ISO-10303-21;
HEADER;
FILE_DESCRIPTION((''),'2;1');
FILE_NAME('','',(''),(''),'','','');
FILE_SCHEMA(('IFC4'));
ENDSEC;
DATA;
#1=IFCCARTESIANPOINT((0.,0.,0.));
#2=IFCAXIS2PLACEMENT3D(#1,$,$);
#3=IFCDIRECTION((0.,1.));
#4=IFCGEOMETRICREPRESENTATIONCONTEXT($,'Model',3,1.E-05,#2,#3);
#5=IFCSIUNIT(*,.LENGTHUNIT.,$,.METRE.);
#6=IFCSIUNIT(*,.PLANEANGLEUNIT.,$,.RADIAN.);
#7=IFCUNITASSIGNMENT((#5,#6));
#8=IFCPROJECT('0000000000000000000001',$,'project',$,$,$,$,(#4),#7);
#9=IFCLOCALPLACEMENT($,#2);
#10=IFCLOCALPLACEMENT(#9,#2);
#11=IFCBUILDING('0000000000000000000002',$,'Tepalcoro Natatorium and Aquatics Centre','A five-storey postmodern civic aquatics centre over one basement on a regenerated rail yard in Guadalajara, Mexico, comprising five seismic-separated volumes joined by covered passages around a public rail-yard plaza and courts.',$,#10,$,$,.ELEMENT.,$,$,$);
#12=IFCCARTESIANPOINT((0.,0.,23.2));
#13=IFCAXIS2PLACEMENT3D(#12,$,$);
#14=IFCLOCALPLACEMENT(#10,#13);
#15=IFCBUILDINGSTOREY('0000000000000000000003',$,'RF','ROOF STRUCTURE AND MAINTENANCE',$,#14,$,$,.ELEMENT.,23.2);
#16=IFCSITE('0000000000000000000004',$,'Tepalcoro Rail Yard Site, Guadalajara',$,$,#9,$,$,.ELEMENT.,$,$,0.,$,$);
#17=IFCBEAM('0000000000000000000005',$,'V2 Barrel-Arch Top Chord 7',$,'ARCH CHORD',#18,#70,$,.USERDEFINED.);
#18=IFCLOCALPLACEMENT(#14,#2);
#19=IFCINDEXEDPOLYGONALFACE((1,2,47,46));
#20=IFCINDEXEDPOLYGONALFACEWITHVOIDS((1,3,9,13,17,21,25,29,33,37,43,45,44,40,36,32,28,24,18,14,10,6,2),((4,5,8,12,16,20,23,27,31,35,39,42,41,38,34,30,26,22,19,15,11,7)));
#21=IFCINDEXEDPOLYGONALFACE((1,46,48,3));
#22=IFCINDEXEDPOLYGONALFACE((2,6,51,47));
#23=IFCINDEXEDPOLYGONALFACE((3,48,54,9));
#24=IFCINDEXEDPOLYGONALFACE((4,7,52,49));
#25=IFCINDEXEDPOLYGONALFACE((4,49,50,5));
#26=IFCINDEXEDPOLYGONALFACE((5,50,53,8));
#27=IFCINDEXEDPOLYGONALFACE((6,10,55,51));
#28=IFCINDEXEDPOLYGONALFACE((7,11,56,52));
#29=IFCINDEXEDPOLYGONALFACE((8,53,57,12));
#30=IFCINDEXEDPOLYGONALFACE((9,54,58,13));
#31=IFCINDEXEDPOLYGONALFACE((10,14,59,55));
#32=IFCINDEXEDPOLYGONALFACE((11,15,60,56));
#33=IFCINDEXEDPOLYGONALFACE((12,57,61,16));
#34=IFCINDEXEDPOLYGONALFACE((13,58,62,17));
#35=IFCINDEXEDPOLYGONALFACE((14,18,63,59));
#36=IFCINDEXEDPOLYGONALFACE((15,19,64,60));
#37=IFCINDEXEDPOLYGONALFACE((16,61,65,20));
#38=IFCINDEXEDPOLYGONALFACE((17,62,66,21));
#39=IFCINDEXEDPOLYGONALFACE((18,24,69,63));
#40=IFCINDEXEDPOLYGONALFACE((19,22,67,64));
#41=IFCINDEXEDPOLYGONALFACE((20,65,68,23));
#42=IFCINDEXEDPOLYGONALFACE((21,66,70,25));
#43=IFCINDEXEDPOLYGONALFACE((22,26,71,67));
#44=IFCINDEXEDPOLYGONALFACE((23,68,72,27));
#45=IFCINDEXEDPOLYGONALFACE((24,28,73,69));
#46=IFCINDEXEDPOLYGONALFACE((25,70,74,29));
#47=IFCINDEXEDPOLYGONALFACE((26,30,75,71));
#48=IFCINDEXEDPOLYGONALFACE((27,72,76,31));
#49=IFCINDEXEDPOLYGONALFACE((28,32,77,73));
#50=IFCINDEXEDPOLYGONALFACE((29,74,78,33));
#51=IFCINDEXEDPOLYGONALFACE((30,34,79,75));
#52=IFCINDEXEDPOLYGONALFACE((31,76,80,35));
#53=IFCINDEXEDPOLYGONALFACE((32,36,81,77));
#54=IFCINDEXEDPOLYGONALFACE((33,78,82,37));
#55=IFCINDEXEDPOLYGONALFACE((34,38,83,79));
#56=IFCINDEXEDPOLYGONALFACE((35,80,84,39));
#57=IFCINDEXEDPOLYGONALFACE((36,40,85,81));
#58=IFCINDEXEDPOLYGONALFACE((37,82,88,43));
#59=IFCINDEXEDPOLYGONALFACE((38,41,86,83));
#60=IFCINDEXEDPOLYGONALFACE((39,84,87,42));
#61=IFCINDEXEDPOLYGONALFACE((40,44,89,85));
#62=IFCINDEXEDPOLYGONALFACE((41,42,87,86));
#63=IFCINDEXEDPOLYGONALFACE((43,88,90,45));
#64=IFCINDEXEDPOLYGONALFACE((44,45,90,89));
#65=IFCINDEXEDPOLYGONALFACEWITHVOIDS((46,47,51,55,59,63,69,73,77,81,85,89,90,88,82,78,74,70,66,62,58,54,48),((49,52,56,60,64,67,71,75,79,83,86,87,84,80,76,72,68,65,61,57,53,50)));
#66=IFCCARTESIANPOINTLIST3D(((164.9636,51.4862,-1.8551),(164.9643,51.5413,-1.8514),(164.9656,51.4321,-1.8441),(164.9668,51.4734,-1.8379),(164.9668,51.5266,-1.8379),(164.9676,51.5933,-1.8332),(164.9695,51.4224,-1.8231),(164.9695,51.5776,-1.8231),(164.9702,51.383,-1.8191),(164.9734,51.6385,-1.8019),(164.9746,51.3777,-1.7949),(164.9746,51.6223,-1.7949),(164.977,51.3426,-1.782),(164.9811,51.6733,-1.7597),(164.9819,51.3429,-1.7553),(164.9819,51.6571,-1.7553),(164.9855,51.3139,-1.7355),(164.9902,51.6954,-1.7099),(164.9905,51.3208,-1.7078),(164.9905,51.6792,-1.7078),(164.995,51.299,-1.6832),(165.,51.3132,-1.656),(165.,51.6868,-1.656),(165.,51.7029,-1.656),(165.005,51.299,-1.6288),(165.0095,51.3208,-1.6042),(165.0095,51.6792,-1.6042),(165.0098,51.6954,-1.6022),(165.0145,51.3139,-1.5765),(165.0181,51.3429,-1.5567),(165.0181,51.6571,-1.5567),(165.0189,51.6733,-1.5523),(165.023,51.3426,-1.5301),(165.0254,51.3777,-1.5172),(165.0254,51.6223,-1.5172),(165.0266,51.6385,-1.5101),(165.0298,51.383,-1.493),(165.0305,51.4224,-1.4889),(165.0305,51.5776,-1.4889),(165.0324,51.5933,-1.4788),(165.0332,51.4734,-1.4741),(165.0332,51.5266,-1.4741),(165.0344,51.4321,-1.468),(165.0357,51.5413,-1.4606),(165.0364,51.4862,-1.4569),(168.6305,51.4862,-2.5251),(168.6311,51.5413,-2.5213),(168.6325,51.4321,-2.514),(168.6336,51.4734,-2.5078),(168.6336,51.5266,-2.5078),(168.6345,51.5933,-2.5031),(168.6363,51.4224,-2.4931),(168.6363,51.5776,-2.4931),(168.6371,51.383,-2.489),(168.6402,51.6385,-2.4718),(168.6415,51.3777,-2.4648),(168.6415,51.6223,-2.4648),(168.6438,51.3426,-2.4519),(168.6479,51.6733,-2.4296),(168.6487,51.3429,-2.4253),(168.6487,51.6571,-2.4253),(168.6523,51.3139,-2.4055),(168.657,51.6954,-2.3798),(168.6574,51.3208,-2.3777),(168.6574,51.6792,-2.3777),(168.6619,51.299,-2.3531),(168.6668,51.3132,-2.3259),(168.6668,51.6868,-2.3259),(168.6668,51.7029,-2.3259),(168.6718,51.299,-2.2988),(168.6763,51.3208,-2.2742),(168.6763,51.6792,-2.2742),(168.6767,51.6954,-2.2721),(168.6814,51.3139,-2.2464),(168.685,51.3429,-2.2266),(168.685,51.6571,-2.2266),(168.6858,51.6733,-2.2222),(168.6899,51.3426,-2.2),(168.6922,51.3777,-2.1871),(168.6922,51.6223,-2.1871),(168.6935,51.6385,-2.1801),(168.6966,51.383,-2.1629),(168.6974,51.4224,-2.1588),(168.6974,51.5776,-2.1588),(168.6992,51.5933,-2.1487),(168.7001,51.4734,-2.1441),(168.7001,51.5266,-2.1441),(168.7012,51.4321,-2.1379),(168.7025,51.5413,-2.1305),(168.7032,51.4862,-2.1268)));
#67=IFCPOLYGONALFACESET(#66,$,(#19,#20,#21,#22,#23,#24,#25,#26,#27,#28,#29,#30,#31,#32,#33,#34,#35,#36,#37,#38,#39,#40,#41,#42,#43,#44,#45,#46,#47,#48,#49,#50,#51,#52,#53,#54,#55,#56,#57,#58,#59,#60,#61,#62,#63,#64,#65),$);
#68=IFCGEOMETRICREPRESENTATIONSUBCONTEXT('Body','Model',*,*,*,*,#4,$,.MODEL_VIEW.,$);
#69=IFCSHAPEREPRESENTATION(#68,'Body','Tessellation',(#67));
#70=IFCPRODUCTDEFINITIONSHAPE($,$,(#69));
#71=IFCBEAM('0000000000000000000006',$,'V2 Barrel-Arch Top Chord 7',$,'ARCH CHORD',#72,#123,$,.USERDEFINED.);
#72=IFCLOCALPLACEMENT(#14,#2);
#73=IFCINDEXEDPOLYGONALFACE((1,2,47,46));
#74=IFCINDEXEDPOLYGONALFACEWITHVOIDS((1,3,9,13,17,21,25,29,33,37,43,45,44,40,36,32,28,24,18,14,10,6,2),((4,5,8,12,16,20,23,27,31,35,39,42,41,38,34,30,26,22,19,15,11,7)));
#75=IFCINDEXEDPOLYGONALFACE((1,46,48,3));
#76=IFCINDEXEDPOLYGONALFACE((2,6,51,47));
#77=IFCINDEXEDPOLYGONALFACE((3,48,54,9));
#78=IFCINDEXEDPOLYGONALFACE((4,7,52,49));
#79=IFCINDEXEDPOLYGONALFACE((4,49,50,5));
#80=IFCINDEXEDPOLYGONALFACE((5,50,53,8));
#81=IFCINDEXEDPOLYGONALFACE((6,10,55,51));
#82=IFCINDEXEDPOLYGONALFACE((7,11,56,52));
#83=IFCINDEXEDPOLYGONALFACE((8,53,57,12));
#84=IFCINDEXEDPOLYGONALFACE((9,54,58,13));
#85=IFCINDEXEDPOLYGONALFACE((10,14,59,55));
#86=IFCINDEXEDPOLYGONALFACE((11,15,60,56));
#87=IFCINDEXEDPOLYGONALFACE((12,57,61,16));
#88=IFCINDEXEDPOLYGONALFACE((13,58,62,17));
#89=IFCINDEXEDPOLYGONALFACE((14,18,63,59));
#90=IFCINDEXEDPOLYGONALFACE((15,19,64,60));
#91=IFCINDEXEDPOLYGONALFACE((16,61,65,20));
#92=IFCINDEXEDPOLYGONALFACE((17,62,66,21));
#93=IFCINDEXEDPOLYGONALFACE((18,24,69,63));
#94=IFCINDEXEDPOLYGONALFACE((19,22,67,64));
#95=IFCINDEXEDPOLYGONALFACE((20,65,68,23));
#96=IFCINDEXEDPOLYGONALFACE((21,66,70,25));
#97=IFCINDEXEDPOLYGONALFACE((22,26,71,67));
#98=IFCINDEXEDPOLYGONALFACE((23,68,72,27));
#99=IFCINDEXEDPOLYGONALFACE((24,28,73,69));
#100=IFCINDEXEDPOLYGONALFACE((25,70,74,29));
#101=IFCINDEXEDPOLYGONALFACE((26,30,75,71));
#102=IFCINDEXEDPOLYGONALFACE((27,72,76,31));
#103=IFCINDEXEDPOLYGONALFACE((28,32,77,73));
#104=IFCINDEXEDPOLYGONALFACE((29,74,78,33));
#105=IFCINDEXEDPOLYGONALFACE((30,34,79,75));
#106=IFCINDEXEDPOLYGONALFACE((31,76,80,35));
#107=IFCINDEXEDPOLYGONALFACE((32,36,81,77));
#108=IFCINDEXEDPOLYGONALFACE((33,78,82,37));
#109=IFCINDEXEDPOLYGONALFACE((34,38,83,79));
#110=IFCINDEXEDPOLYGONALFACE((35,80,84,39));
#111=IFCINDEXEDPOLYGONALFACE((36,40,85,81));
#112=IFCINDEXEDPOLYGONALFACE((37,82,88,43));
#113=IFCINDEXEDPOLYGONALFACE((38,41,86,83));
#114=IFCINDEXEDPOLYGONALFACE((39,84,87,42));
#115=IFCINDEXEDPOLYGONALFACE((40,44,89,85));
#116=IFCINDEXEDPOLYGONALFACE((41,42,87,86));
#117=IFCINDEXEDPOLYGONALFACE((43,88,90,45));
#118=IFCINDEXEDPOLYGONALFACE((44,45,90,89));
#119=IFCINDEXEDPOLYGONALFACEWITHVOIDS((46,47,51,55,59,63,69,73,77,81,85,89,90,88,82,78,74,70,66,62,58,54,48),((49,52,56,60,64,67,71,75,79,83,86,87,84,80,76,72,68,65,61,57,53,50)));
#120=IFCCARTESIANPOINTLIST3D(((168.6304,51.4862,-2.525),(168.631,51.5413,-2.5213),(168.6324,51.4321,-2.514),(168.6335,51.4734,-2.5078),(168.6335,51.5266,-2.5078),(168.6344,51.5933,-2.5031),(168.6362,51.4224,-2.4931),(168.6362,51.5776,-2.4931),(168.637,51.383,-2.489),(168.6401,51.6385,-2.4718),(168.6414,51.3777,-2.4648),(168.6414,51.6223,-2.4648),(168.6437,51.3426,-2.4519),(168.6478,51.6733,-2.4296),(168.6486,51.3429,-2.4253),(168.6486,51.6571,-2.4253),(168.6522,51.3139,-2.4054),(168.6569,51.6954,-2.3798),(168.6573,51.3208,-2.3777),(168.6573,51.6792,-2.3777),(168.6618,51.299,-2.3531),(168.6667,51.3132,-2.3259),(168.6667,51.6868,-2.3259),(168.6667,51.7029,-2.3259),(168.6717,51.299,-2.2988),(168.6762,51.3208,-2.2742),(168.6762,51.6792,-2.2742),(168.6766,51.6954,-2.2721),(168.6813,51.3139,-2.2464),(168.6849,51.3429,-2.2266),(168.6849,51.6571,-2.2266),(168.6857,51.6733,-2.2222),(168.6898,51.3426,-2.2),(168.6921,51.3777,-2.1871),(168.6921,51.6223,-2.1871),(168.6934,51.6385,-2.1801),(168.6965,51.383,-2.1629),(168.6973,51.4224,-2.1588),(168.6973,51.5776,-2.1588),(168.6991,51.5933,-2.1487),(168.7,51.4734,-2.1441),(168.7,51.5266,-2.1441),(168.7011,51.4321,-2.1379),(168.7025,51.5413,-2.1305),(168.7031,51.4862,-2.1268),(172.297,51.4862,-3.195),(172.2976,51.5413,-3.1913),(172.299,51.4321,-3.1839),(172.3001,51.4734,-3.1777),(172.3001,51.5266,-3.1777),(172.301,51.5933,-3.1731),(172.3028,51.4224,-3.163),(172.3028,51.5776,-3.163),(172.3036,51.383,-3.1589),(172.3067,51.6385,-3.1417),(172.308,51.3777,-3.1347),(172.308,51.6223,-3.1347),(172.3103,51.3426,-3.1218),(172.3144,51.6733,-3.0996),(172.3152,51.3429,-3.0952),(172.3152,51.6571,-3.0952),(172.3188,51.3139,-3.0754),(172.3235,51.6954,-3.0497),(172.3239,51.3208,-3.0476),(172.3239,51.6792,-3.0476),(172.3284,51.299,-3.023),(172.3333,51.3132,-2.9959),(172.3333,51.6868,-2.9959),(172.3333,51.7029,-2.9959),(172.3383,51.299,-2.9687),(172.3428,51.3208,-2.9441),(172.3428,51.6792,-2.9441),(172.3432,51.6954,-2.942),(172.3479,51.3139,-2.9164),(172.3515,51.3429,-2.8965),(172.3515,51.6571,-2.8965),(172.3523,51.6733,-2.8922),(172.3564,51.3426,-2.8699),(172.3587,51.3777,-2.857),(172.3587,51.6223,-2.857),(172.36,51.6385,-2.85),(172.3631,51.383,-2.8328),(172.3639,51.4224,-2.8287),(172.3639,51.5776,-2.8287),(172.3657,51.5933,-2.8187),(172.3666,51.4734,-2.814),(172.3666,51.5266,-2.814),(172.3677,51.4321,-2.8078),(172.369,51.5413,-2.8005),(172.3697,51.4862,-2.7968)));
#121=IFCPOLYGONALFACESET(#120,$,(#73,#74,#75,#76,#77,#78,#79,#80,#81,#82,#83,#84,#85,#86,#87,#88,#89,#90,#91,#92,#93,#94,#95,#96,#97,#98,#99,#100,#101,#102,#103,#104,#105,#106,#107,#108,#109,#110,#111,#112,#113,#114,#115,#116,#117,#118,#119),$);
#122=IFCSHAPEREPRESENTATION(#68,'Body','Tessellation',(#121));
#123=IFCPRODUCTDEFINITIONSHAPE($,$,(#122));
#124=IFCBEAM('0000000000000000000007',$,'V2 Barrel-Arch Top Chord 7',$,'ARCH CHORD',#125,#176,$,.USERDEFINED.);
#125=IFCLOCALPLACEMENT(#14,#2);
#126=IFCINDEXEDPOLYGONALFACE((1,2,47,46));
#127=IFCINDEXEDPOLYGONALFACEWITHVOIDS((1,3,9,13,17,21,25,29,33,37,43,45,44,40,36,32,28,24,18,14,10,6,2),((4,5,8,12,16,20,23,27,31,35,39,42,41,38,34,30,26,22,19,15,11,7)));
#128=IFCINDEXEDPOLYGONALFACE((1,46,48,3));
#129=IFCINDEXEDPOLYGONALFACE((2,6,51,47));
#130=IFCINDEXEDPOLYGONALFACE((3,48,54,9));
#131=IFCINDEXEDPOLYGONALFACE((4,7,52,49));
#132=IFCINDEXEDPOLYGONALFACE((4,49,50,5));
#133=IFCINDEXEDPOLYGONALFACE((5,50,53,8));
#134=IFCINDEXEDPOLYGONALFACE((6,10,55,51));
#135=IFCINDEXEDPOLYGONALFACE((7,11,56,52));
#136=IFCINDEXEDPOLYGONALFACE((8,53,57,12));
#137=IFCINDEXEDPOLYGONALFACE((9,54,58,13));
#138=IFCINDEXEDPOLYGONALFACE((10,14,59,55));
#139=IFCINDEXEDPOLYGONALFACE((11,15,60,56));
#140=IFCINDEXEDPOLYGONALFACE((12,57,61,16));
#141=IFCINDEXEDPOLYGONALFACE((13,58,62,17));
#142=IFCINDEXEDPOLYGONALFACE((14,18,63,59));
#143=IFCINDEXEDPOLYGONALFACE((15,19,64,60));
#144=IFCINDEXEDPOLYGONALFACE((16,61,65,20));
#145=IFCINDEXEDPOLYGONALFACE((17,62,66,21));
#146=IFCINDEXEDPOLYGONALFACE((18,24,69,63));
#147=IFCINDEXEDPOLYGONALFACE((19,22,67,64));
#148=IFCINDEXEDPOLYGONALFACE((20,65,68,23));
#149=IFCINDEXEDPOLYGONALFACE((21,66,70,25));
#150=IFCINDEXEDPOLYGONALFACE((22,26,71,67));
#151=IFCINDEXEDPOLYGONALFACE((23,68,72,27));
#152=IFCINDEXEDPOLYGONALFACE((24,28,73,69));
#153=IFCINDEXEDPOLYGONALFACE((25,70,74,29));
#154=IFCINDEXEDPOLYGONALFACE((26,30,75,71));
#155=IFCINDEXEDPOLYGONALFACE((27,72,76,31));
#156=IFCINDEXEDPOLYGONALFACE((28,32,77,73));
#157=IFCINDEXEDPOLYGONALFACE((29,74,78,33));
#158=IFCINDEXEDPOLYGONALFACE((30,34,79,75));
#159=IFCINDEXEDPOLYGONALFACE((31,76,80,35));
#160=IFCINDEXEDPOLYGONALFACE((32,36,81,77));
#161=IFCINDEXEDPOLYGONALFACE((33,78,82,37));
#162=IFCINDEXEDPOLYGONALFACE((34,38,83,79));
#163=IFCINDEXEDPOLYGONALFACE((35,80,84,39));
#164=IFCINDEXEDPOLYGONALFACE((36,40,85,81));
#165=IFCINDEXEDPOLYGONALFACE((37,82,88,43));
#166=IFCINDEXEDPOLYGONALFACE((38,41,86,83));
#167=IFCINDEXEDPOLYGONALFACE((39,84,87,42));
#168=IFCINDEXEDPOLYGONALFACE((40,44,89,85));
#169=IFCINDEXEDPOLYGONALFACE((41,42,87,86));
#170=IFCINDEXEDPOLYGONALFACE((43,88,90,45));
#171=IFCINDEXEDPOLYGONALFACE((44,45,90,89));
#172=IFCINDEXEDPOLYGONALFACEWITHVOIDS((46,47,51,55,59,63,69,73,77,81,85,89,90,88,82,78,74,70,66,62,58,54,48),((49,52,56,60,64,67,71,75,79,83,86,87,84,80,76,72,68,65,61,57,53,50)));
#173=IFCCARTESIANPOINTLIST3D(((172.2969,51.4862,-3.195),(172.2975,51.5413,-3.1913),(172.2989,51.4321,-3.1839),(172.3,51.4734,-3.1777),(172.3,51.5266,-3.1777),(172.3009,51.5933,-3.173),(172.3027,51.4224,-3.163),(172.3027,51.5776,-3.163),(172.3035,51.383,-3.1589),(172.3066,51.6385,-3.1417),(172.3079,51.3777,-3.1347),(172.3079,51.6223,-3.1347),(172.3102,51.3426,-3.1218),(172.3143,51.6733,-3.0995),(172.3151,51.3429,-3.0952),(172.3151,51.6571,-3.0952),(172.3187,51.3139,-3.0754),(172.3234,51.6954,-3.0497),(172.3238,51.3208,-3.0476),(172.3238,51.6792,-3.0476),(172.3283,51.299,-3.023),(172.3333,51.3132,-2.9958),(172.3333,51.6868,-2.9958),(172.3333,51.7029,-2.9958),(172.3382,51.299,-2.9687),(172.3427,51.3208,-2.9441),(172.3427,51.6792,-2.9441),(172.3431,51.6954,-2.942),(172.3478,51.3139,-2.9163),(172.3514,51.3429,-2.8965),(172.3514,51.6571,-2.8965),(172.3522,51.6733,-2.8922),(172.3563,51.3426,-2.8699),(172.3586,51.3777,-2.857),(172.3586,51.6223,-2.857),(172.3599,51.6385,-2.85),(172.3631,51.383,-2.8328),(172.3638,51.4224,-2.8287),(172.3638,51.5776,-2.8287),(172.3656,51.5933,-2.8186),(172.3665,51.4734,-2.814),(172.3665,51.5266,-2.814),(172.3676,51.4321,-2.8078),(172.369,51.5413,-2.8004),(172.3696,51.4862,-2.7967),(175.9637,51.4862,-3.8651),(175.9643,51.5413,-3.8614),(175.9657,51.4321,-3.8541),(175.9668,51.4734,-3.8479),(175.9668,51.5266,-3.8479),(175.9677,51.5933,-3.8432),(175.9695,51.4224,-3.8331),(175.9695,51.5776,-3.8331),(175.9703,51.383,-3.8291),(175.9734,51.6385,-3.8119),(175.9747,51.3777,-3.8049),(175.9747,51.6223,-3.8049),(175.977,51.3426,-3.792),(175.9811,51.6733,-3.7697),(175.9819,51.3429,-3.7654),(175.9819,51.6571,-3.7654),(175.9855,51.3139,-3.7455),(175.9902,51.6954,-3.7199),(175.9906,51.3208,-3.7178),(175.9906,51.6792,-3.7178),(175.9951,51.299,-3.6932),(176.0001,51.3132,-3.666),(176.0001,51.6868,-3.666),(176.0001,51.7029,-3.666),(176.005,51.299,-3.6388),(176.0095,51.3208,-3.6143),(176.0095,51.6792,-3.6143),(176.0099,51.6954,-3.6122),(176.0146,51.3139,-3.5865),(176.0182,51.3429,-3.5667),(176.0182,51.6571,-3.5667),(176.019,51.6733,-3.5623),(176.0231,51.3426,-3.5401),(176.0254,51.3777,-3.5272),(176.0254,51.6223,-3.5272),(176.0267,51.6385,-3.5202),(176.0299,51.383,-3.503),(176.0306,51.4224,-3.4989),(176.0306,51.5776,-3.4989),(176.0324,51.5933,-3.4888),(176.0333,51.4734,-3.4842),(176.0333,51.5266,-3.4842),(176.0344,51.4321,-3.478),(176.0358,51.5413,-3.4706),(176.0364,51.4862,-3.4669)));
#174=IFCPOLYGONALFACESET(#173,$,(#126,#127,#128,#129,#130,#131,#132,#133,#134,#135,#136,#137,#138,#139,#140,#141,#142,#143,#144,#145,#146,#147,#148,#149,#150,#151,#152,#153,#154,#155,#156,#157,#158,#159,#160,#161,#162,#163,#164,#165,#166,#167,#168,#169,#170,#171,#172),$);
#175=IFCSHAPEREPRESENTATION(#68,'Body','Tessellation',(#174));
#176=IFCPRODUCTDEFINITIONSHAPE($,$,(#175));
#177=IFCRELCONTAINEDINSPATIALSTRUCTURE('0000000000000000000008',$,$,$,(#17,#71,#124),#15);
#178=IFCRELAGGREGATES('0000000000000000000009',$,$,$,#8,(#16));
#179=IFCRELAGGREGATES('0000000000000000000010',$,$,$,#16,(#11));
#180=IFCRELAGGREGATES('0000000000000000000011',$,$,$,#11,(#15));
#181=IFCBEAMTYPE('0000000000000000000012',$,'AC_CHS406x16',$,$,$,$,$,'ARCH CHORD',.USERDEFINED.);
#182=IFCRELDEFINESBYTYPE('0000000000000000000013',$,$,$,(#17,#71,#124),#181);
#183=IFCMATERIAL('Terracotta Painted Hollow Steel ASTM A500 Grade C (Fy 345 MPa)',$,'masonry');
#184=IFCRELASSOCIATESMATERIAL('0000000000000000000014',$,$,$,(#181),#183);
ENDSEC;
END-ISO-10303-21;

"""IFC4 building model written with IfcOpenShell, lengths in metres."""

from ifc_helpers import new_model, si_unit, direction, frame, origin, origin_2d, place, context, subcontext, project, spatial, hollow_circle, extrude, material, material_profile, profile_set, type_object, element, save


model = new_model("IFC4")

# Units and contexts
model_context = context("Model", 3, precision=1e-05, world=origin(), true_north=direction((0.0, 1.0)))
body_context = subcontext(model_context, "Body", "Model", "MODEL_VIEW")
ifc_project = project(units=[si_unit("LENGTHUNIT", "METRE"), si_unit("PLANEANGLEUNIT", "RADIAN")], contexts=[model_context])

# Site, building, storey
site_placement = place(None, origin())
site = spatial("IfcSite", under=ifc_project, at=site_placement, Name="Tepalcoro Rail Yard Site, Guadalajara", CompositionType="ELEMENT", RefElevation=0.0)
building_placement = place(site_placement, origin())
building = spatial("IfcBuilding", under=site, at=building_placement, Name="Tepalcoro Natatorium and Aquatics Centre", Description="A five-storey postmodern civic aquatics centre over one basement on a regenerated rail yard in Guadalajara, Mexico, comprising five seismic-separated volumes joined by covered passages around a public rail-yard plaza and courts.", CompositionType="ELEMENT")
storey_placement = place(building_placement, frame((0.0, 0.0, 23.2)))
storey = spatial("IfcBuildingStorey", under=building, at=storey_placement, Name="RF", Description="ROOF STRUCTURE AND MAINTENANCE", CompositionType="ELEMENT", Elevation=23.2)

# Beams
ifc_material_1 = material(Name="Terracotta Painted Hollow Steel ASTM A500 Grade C (Fy 345 MPa)", Category="masonry")
ifc_material_profile_1 = material_profile(ifc_material_1, hollow_circle(Radius=0.2029, WallThickness=0.0161, at=origin_2d()), Name="CHS406X16")
ifc_profile_set_1 = profile_set([ifc_material_profile_1], Name="Terracotta Painted Hollow Steel ASTM A500 Grade C (Fy 345 MPa)")
beam_type = type_object("IfcBeamType", Name="AC_CHS406x16", ElementType="ARCH CHORD", PredefinedType="USERDEFINED", material=ifc_profile_set_1)
beam_1_placement = place(storey_placement, frame((165.0, 51.5, -1.656), z_axis=(0.983717, 0.0, -0.179727), x_axis=(0.0, 1.0, 0.0)))
element("IfcBeam", 1, at=beam_1_placement, inside=storey, type_object=beam_type, Name="V2 Barrel-Arch Top Chord 7", ObjectType="ARCH CHORD", PredefinedType="USERDEFINED", context=body_context, shape_type="SweptSolid", body=[
    extrude(hollow_circle(Radius=0.2029, WallThickness=0.0161, at=origin_2d()), origin(), (0.0, 0.0, 1.0), 3.7275),
])
beam_2_placement = place(storey_placement, frame((168.6667, 51.5, -2.3259), z_axis=(0.983714, 0.0, -0.179738), x_axis=(0.0, 1.0, 0.0)))
element("IfcBeam", 2, at=beam_2_placement, inside=storey, type_object=beam_type, Name="V2 Barrel-Arch Top Chord 7", ObjectType="ARCH CHORD", PredefinedType="USERDEFINED", context=body_context, shape_type="SweptSolid", body=[
    extrude(hollow_circle(Radius=0.2029, WallThickness=0.0161, at=origin_2d()), origin(), (0.0, 0.0, 1.0), 3.7273),
])
beam_3_placement = place(storey_placement, frame((172.3333, 51.5, -2.9958), z_axis=(0.983705, 0.0, -0.17979), x_axis=(0.0, 1.0, 0.0)))
element("IfcBeam", 3, at=beam_3_placement, inside=storey, type_object=beam_type, Name="V2 Barrel-Arch Top Chord 7", ObjectType="ARCH CHORD", PredefinedType="USERDEFINED", context=body_context, shape_type="SweptSolid", body=[
    extrude(hollow_circle(Radius=0.2029, WallThickness=0.0161, at=origin_2d()), origin(), (0.0, 0.0, 1.0), 3.7275),
])

save(model, "model.ifc")
